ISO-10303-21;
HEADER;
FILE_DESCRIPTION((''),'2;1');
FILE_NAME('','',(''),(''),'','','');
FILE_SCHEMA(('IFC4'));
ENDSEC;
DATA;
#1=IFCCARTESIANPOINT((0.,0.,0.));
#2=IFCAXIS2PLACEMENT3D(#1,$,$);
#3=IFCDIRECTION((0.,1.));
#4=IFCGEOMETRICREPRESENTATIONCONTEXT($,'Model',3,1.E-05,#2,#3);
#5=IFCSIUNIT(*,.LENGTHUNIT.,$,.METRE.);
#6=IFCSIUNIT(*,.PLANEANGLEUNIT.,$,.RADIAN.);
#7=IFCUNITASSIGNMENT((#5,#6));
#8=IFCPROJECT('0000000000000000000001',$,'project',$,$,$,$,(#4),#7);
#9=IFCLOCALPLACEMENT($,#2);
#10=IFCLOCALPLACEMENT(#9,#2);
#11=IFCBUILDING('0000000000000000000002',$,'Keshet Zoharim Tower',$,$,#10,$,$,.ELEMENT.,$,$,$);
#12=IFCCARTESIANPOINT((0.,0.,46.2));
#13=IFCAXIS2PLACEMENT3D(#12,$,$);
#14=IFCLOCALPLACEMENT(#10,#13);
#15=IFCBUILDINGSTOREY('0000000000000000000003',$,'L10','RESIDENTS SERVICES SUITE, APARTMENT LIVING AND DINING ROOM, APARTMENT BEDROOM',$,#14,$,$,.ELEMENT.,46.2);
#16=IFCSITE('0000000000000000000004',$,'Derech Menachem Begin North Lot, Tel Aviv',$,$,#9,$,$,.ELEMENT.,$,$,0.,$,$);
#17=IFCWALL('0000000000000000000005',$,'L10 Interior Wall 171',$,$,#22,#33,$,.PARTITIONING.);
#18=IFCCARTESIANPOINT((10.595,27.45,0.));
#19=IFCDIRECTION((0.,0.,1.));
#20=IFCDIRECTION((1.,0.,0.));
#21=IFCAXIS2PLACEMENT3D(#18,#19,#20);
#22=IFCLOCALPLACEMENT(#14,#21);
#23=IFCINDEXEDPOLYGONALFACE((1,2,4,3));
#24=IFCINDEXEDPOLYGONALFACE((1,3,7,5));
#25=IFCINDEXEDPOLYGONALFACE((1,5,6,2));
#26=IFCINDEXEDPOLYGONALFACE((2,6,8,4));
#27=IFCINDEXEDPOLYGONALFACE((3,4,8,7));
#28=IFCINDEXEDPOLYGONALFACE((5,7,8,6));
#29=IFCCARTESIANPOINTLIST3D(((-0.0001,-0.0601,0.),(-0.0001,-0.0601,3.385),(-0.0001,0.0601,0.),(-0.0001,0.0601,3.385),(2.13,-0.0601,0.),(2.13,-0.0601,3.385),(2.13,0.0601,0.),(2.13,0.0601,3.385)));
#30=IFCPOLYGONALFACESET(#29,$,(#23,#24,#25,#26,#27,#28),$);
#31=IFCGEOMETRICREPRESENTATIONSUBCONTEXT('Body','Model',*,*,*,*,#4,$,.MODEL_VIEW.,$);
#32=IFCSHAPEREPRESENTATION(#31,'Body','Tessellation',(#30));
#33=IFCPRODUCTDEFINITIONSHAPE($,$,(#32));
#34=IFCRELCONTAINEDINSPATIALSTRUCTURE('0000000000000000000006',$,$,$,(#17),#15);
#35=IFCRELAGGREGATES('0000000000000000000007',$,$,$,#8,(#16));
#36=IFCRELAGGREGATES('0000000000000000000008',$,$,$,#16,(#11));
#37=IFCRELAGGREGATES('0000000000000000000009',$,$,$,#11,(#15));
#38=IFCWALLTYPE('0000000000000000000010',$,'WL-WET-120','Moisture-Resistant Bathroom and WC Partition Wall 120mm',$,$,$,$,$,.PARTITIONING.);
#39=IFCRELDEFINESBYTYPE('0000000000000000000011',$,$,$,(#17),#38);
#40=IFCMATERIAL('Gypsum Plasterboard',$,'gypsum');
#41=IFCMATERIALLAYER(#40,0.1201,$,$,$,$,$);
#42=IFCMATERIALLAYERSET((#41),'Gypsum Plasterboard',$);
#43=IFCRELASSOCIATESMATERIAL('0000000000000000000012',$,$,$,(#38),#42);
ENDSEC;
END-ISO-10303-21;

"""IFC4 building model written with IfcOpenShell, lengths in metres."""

from ifc_helpers import new_model, si_unit, direction, frame, frame_2d, origin, place, context, subcontext, project, spatial, rectangle, extrude, material, layer, layer_set, type_object, element, save


model = new_model("IFC4")

# Units and contexts
model_context = context("Model", 3, precision=1e-05, world=origin(), true_north=direction((0.0, 1.0)))
body_context = subcontext(model_context, "Body", "Model", "MODEL_VIEW")
ifc_project = project(units=[si_unit("LENGTHUNIT", "METRE"), si_unit("PLANEANGLEUNIT", "RADIAN")], contexts=[model_context])

# Site, building, storey
site_placement = place(None, origin())
site = spatial("IfcSite", under=ifc_project, at=site_placement, Name="Derech Menachem Begin North Lot, Tel Aviv", CompositionType="ELEMENT", RefElevation=0.0)
building_placement = place(site_placement, origin())
building = spatial("IfcBuilding", under=site, at=building_placement, Name="Keshet Zoharim Tower", CompositionType="ELEMENT")
storey_placement = place(building_placement, frame((0.0, 0.0, 46.2)))
storey = spatial("IfcBuildingStorey", under=building, at=storey_placement, Name="L10", Description="RESIDENTS SERVICES SUITE, APARTMENT LIVING AND DINING ROOM, APARTMENT BEDROOM", CompositionType="ELEMENT", Elevation=46.2)

# Shared definitions
ifc_material_1 = material(Name="Gypsum Plasterboard", Category="gypsum")

# Wall
ifc_layer_1 = layer(ifc_material_1, 0.1201)
ifc_layer_set_1 = layer_set([ifc_layer_1], Name="Gypsum Plasterboard")
wall_type_1 = type_object("IfcWallType", Name="WL-WET-120", Description="Moisture-Resistant Bathroom and WC Partition Wall 120mm", PredefinedType="PARTITIONING", material=ifc_layer_set_1)
wall_1_placement = place(storey_placement, frame((10.595, 27.45, 0.0), z_axis=(0.0, 0.0, 1.0), x_axis=(1.0, 0.0, 0.0)))
element("IfcWall", 1, at=wall_1_placement, inside=storey, type_object=wall_type_1, Name="L10 Interior Wall 171", PredefinedType="PARTITIONING", context=body_context, shape_type="SweptSolid", body=[
    extrude(rectangle(XDim=2.1301, YDim=0.1201, at=frame_2d((1.0649, 0.0))), origin(), (0.0, 0.0, 1.0), 3.385),
])

save(model, "model.ifc")
